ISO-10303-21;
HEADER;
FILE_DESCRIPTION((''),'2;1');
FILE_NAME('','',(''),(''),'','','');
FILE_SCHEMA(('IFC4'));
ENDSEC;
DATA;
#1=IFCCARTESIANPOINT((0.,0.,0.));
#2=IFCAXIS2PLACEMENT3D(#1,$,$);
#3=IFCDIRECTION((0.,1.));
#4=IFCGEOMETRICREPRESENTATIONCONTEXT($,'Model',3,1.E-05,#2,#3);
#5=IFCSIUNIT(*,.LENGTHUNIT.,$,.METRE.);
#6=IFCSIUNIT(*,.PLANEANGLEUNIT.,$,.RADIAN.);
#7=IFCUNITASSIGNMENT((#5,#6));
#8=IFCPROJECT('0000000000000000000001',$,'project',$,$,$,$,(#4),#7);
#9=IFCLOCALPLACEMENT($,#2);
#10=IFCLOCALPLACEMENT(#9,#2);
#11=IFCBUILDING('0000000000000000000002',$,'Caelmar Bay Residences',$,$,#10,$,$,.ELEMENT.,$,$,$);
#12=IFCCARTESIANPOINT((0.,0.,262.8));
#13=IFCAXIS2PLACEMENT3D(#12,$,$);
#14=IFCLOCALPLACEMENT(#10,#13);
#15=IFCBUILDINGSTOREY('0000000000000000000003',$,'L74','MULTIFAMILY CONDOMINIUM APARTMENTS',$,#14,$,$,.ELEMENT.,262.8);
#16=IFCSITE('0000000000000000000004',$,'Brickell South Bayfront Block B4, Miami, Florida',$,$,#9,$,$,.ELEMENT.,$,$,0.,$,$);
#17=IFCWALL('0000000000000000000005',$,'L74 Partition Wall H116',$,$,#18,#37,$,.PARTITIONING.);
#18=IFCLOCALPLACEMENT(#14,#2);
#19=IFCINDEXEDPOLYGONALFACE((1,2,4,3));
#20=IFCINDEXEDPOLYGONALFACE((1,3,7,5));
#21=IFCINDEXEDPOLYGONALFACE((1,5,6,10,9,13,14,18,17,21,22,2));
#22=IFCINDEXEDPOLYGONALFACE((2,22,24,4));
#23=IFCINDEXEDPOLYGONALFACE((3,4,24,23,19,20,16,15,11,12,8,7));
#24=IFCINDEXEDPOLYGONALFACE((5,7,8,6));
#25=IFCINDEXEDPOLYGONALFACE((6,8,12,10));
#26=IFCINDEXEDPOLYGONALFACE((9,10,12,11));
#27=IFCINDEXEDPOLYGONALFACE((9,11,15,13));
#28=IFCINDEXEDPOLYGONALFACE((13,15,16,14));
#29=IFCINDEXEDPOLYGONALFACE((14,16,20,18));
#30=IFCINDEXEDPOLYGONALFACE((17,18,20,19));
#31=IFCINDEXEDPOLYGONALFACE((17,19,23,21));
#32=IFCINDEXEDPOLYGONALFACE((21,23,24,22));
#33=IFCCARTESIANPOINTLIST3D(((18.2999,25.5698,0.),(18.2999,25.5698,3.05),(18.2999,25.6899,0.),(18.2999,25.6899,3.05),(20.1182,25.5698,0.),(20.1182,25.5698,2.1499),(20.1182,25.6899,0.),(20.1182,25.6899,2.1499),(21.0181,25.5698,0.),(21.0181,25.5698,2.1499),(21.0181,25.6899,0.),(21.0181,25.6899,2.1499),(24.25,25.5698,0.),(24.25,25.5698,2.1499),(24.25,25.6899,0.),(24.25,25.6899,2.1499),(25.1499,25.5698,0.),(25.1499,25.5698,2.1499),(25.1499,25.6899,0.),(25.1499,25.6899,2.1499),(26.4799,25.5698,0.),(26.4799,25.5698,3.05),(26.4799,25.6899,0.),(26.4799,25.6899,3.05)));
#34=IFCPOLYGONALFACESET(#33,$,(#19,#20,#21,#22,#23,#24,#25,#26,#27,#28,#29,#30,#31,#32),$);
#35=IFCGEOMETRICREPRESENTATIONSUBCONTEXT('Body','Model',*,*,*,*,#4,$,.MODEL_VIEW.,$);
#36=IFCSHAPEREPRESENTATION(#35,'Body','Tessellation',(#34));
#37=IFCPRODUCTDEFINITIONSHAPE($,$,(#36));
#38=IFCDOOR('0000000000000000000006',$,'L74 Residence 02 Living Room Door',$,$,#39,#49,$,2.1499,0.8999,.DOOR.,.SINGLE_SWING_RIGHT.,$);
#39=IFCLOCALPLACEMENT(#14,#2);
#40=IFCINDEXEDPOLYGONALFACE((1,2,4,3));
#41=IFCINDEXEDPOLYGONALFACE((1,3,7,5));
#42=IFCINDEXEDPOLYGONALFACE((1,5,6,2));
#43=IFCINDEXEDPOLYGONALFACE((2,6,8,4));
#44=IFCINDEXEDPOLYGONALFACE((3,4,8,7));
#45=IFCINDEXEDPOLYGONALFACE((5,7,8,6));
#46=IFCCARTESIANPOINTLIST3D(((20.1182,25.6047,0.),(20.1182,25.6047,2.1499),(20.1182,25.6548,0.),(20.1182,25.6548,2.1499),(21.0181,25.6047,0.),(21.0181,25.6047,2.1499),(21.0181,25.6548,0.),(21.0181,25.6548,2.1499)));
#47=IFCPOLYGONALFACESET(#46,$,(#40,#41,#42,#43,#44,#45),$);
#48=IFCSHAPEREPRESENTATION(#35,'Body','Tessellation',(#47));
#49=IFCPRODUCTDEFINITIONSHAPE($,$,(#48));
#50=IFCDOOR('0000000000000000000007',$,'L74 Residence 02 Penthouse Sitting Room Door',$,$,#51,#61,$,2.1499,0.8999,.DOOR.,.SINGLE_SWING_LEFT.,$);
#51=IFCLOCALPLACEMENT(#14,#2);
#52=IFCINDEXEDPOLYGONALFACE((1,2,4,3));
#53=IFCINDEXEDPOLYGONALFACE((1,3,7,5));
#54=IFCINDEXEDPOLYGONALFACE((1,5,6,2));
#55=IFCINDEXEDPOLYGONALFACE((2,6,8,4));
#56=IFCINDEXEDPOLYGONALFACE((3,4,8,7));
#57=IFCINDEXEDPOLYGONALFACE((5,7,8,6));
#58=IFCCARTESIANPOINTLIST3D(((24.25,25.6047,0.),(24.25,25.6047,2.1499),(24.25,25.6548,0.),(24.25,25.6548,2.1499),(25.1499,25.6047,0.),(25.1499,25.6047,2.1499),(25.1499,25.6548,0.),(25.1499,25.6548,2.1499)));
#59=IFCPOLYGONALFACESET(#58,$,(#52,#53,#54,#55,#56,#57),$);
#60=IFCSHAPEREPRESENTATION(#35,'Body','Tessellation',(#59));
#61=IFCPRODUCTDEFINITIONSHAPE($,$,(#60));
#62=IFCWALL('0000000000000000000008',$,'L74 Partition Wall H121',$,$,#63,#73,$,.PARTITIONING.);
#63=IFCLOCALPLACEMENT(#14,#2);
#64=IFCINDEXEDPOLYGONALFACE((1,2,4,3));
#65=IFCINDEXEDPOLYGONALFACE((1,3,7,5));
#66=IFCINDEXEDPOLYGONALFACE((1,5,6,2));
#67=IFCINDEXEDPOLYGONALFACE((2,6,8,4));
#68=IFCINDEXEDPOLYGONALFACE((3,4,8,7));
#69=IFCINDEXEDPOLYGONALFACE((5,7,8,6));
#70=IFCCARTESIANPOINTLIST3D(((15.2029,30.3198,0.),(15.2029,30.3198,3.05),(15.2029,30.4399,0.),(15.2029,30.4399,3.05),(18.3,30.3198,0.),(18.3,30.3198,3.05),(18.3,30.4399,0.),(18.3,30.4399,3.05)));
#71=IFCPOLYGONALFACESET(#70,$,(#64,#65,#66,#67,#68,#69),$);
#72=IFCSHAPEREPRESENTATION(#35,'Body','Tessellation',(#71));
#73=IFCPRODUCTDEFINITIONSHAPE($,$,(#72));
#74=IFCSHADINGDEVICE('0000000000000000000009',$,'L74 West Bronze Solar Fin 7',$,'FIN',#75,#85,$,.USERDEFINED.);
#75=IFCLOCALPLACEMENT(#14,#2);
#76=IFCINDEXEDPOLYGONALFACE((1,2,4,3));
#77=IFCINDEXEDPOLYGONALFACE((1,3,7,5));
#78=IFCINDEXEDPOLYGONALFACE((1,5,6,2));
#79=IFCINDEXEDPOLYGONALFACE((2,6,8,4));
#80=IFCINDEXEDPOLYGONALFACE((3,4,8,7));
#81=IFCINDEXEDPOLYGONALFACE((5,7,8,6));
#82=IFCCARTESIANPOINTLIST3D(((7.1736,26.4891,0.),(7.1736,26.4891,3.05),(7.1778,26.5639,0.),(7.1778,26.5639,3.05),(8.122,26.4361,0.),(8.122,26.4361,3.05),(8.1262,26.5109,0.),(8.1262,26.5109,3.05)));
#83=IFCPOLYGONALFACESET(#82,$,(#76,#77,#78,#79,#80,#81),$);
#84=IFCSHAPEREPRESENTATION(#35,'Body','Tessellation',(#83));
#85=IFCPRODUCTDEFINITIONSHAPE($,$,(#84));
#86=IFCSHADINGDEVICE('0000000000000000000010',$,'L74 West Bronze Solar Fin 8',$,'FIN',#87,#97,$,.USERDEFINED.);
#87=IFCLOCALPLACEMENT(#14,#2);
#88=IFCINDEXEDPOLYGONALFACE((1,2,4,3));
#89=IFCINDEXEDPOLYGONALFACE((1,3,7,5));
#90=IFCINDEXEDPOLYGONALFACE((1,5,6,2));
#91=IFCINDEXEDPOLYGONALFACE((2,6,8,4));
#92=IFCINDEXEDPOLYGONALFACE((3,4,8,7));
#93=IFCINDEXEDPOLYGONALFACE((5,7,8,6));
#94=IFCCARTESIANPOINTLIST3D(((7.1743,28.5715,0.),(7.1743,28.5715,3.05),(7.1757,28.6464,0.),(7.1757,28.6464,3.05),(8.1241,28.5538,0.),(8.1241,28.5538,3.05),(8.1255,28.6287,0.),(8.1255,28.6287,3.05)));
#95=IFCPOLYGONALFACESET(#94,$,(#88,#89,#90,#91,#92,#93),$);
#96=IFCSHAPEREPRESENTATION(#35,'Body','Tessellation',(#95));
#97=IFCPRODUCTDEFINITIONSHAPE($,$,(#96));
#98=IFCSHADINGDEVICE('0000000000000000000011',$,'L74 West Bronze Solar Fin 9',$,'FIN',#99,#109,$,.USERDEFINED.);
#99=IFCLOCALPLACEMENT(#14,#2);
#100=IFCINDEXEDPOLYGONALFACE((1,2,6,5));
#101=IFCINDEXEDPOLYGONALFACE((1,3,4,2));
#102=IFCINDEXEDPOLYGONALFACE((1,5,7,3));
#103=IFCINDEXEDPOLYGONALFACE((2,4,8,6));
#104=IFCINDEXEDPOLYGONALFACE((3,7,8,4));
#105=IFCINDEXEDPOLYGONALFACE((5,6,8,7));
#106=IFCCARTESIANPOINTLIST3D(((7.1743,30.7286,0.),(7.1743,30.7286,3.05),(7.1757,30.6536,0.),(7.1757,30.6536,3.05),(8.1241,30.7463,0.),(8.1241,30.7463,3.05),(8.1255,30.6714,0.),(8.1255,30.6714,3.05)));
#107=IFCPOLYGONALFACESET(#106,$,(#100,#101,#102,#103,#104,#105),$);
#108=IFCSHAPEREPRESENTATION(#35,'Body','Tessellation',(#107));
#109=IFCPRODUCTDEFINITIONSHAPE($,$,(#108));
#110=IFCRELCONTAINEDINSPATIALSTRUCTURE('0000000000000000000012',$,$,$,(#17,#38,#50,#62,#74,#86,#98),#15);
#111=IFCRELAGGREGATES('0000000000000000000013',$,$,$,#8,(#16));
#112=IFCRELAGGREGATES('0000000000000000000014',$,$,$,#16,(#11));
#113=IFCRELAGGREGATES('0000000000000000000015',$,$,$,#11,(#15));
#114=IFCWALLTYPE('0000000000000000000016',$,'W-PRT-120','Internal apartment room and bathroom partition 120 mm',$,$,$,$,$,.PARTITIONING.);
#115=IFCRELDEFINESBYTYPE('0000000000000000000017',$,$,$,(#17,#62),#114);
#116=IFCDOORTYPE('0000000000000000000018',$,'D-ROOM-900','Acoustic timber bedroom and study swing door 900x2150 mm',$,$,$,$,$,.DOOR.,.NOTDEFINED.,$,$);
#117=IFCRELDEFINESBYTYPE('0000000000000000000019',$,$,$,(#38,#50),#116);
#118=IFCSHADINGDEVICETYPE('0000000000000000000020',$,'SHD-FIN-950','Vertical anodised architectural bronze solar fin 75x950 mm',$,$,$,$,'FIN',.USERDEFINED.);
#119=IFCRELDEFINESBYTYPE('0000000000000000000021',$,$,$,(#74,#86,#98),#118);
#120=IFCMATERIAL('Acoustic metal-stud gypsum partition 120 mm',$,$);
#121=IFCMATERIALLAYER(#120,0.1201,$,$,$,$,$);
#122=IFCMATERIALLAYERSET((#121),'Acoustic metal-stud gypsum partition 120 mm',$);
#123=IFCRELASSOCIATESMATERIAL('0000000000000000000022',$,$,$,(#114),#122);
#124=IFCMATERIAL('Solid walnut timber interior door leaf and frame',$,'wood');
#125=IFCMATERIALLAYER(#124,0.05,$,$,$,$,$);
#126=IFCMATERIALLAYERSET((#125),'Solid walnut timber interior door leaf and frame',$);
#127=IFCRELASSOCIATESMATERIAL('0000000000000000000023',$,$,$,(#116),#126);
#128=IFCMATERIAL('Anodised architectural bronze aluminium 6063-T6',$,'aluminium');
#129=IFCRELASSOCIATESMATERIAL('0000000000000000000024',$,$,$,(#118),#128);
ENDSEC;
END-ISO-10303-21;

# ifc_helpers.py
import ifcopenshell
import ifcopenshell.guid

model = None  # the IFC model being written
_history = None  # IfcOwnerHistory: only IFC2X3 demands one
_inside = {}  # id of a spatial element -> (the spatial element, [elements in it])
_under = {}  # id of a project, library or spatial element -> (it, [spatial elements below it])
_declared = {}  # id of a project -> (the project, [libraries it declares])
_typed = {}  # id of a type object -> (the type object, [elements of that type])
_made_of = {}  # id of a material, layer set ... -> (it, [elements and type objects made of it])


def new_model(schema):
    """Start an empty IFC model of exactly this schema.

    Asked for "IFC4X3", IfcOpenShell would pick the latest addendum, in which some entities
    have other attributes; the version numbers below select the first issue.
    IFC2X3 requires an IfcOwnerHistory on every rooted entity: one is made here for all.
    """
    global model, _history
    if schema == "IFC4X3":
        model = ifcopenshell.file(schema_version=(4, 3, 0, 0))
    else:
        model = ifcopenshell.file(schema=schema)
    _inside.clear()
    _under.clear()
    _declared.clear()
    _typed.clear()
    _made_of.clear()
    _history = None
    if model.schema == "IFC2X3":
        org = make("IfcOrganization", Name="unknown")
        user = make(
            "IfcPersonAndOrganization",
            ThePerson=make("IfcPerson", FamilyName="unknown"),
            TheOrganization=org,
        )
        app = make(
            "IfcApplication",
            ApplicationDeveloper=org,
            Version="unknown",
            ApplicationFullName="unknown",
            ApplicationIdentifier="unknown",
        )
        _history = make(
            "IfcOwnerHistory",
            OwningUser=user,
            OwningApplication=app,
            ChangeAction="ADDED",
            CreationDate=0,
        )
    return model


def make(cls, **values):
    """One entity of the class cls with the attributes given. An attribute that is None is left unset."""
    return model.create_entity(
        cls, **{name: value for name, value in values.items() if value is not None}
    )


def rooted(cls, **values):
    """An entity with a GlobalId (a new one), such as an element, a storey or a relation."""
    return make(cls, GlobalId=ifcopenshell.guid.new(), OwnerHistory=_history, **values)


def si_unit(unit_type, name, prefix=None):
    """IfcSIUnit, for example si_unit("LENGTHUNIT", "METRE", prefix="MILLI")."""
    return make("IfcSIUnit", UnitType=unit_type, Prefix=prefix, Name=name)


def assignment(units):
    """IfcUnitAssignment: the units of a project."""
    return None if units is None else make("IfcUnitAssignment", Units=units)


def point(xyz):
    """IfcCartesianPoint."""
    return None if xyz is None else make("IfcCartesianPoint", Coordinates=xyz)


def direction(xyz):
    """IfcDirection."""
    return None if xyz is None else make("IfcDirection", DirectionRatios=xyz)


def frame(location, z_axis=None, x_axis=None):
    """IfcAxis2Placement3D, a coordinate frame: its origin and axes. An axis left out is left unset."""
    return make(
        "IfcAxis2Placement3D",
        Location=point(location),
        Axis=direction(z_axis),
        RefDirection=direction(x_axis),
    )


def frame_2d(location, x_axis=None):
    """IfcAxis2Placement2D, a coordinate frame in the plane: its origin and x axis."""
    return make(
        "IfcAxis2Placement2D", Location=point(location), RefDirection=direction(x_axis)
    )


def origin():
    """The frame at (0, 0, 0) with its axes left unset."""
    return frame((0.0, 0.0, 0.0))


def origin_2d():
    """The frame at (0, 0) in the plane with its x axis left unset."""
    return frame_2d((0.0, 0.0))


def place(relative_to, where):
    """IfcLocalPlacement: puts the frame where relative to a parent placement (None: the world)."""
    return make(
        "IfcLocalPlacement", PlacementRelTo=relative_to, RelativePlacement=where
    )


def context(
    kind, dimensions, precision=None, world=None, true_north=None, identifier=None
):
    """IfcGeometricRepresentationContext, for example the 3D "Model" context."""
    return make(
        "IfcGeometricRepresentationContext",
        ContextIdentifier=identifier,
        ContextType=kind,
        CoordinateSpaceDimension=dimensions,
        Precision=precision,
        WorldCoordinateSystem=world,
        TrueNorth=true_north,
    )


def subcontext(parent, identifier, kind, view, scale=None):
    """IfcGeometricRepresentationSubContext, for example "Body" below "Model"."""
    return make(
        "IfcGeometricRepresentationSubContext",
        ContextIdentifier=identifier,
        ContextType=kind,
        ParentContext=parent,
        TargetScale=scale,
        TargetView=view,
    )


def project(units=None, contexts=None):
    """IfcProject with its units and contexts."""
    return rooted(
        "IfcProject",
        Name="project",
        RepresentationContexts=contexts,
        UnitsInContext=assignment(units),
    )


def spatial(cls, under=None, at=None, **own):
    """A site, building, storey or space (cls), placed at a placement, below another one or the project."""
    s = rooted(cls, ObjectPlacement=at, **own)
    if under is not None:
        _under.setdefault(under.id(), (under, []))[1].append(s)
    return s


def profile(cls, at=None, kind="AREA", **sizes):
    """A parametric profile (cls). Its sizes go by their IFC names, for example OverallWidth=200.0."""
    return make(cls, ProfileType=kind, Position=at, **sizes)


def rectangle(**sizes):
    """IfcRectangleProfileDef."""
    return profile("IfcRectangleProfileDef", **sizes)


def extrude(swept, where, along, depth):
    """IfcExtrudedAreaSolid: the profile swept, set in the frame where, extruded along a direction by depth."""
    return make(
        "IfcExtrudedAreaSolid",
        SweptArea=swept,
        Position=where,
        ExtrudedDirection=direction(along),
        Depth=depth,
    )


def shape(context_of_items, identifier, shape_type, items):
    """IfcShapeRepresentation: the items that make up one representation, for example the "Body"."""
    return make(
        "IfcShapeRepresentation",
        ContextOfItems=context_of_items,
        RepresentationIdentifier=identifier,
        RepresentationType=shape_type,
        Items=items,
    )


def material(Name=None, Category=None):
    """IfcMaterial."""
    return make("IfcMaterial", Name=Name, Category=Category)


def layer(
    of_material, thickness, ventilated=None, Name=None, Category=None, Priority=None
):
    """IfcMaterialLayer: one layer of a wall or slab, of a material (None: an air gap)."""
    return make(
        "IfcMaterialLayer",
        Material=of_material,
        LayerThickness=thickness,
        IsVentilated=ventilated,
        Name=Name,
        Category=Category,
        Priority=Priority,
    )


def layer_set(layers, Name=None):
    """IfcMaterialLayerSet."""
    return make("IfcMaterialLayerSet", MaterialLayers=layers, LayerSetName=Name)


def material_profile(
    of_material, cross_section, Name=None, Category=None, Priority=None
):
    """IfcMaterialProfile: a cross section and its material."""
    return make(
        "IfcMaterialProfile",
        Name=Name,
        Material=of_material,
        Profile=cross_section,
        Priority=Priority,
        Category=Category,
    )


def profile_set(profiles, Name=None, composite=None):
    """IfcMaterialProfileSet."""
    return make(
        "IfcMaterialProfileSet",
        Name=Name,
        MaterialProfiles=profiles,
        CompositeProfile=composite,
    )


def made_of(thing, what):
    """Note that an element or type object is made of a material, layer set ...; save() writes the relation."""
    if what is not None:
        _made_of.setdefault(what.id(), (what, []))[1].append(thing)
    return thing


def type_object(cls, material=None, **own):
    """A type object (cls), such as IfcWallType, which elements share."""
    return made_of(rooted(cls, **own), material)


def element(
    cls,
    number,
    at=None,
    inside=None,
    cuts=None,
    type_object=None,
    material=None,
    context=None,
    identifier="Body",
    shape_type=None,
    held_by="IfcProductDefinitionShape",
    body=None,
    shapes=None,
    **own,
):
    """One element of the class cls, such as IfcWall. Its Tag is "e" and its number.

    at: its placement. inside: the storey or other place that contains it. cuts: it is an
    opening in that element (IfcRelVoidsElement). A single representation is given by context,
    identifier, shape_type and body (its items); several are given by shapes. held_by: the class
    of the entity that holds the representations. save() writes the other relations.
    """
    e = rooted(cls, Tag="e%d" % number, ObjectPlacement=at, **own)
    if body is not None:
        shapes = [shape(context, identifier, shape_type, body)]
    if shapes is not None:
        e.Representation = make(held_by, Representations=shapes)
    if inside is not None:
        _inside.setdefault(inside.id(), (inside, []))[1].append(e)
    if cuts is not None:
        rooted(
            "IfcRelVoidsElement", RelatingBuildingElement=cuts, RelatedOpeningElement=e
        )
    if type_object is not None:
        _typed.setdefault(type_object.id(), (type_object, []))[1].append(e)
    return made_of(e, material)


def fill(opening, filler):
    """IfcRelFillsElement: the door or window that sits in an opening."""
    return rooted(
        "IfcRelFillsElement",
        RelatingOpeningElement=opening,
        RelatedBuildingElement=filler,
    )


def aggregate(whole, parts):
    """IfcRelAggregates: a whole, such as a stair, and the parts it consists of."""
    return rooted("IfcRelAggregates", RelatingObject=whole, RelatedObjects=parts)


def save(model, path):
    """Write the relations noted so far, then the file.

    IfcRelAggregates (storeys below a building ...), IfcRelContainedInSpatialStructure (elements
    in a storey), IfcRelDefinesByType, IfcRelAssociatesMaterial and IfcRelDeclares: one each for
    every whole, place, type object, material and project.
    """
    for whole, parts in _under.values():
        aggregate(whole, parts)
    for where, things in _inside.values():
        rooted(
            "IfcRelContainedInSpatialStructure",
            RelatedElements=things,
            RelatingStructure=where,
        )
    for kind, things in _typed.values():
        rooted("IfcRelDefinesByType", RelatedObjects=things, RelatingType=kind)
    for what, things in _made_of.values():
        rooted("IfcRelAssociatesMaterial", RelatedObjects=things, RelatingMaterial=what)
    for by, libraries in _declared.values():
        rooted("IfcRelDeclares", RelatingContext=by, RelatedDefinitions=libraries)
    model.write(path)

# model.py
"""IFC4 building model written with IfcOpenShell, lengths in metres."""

from ifc_helpers import new_model, si_unit, direction, frame, frame_2d, origin, origin_2d, place, context, subcontext, project, spatial, rectangle, extrude, material, layer, layer_set, material_profile, profile_set, type_object, element, fill, save


model = new_model("IFC4")

# Units and contexts
model_context = context("Model", 3, precision=1e-05, world=origin(), true_north=direction((0.0, 1.0)))
body_context = subcontext(model_context, "Body", "Model", "MODEL_VIEW")
ifc_project = project(units=[si_unit("LENGTHUNIT", "METRE"), si_unit("PLANEANGLEUNIT", "RADIAN")], contexts=[model_context])

# Site, building, storey
site_placement = place(None, origin())
site = spatial("IfcSite", under=ifc_project, at=site_placement, Name="Brickell South Bayfront Block B4, Miami, Florida", CompositionType="ELEMENT", RefElevation=0.0)
building_placement = place(site_placement, origin())
building = spatial("IfcBuilding", under=site, at=building_placement, Name="Caelmar Bay Residences", CompositionType="ELEMENT")
storey_placement = place(building_placement, frame((0.0, 0.0, 262.8)))
storey = spatial("IfcBuildingStorey", under=building, at=storey_placement, Name="L74", Description="MULTIFAMILY CONDOMINIUM APARTMENTS", CompositionType="ELEMENT", Elevation=262.8)

# Shared definitions
ifc_material_1 = material(Name="Acoustic metal-stud gypsum partition 120 mm")
ifc_layer_1 = layer(ifc_material_1, 0.1201)
ifc_layer_set_1 = layer_set([ifc_layer_1], Name="Acoustic metal-stud gypsum partition 120 mm")
wall_type_1 = type_object("IfcWallType", Name="W-PRT-120", Description="Internal apartment room and bathroom partition 120 mm", PredefinedType="PARTITIONING", material=ifc_layer_set_1)
ifc_material_2 = material(Name="Solid walnut timber interior door leaf and frame", Category="wood")
ifc_layer_2 = layer(ifc_material_2, 0.05)
ifc_layer_set_2 = layer_set([ifc_layer_2], Name="Solid walnut timber interior door leaf and frame")
door_type_1 = type_object("IfcDoorType", Name="D-ROOM-900", Description="Acoustic timber bedroom and study swing door 900x2150 mm", OperationType="NOTDEFINED", PredefinedType="DOOR", material=ifc_layer_set_2)

# Wall, openings, doors
wall_1_placement = place(storey_placement, frame((18.3, 25.6299, 0.0), z_axis=(0.0, 0.0, 1.0), x_axis=(1.0, 0.0, 0.0)))
wall_1 = element("IfcWall", 1, at=wall_1_placement, inside=storey, type_object=wall_type_1, Name="L74 Partition Wall H116", PredefinedType="PARTITIONING", context=body_context, shape_type="SweptSolid", body=[
    extrude(rectangle(XDim=8.1799, YDim=0.1201, at=frame_2d((4.0898, 0.0))), origin(), (0.0, 0.0, 1.0), 3.05),
])
opening_1_placement = place(wall_1_placement, frame((1.8181, 0.0, 0.0)))
opening_1 = element("IfcOpeningElement", 2, at=opening_1_placement, cuts=wall_1, PredefinedType="OPENING", context=body_context, shape_type="SweptSolid", body=[
    extrude(rectangle(XDim=0.8999, YDim=2.1499, at=frame_2d((0.45, 1.075))), frame((0.0, 0.0701, 0.0), z_axis=(0.0, -1.0, 0.0), x_axis=(1.0, 0.0, 0.0)), (0.0, 0.0, 1.0), 0.1401),
])
opening_2_placement = place(wall_1_placement, frame((5.95, 0.0, 0.0)))
opening_2 = element("IfcOpeningElement", 3, at=opening_2_placement, cuts=wall_1, PredefinedType="OPENING", context=body_context, shape_type="SweptSolid", body=[
    extrude(rectangle(XDim=0.8999, YDim=2.1499, at=frame_2d((0.45, 1.075))), frame((0.0, 0.0701, 0.0), z_axis=(0.0, -1.0, 0.0), x_axis=(1.0, 0.0, 0.0)), (0.0, 0.0, 1.0), 0.1401),
])
door_1_placement = place(opening_1_placement, origin())
door_1 = element("IfcDoor", 4, at=door_1_placement, inside=storey, type_object=door_type_1, Name="L74 Residence 02 Living Room Door", OperationType="SINGLE_SWING_RIGHT", OverallHeight=2.1499, OverallWidth=0.8999, PredefinedType="DOOR", context=body_context, shape_type="SweptSolid", body=[
    extrude(rectangle(XDim=0.8999, YDim=2.1499, at=frame_2d((0.45, 1.075))), frame((0.0, 0.0249, 0.0), z_axis=(0.0, -1.0, 0.0), x_axis=(1.0, 0.0, 0.0)), (0.0, 0.0, 1.0), 0.05),
])
fill(opening_1, door_1)
door_2_placement = place(opening_2_placement, origin())
door_2 = element("IfcDoor", 5, at=door_2_placement, inside=storey, type_object=door_type_1, Name="L74 Residence 02 Penthouse Sitting Room Door", OperationType="SINGLE_SWING_LEFT", OverallHeight=2.1499, OverallWidth=0.8999, PredefinedType="DOOR", context=body_context, shape_type="SweptSolid", body=[
    extrude(rectangle(XDim=0.8999, YDim=2.1499, at=frame_2d((0.45, 1.075))), frame((0.0, 0.0249, 0.0), z_axis=(0.0, -1.0, 0.0), x_axis=(1.0, 0.0, 0.0)), (0.0, 0.0, 1.0), 0.05),
])
fill(opening_2, door_2)

# Wall
wall_2_placement = place(storey_placement, frame((15.2029, 30.3799, 0.0), z_axis=(0.0, 0.0, 1.0), x_axis=(1.0, 0.0, 0.0)))
element("IfcWall", 6, at=wall_2_placement, inside=storey, type_object=wall_type_1, Name="L74 Partition Wall H121", PredefinedType="PARTITIONING", context=body_context, shape_type="SweptSolid", body=[
    extrude(rectangle(XDim=3.0972, YDim=0.1201, at=frame_2d((1.5486, 0.0))), origin(), (0.0, 0.0, 1.0), 3.05),
])

# Shading devices
ifc_material_3 = material(Name="Anodised architectural bronze aluminium 6063-T6", Category="aluminium")
ifc_material_profile_1 = material_profile(ifc_material_3, rectangle(XDim=0.075, YDim=0.95, at=origin_2d()), Name="BRONZE-FIN-75X950")
ifc_profile_set_1 = profile_set([ifc_material_profile_1], Name="Anodised architectural bronze aluminium 6063-T6")
shading_device_type = type_object("IfcShadingDeviceType", Name="SHD-FIN-950", Description="Vertical anodised architectural bronze solar fin 75x950 mm", ElementType="FIN", PredefinedType="USERDEFINED", material=ifc_profile_set_1)
for number, where, z_axis, x_axis, name in (
    (7, (7.6499, 26.5, 0.0), (0.0, 0.0, 1.0), (0.055822, 0.998441, 0.0), "L74 West Bronze Solar Fin 7"),
    (8, (7.6499, 28.6001, 0.0), (0.0, 0.0, 1.0), (0.018674, 0.999826, 0.0), "L74 West Bronze Solar Fin 8"),
    (9, (7.6499, 30.7, 0.0), (0.0, 0.0, 1.0), (-0.018674, 0.999826, 0.0), "L74 West Bronze Solar Fin 9"),
):
    element("IfcShadingDevice", number, at=place(storey_placement, frame(where, z_axis=z_axis, x_axis=x_axis)), inside=storey, type_object=shading_device_type, Name=name, ObjectType="FIN", PredefinedType="USERDEFINED", context=body_context, shape_type="SweptSolid", body=[
        extrude(rectangle(XDim=0.075, YDim=0.95, at=origin_2d()), origin(), (0.0, 0.0, 1.0), 3.05),
    ])

save(model, "model.ifc")
